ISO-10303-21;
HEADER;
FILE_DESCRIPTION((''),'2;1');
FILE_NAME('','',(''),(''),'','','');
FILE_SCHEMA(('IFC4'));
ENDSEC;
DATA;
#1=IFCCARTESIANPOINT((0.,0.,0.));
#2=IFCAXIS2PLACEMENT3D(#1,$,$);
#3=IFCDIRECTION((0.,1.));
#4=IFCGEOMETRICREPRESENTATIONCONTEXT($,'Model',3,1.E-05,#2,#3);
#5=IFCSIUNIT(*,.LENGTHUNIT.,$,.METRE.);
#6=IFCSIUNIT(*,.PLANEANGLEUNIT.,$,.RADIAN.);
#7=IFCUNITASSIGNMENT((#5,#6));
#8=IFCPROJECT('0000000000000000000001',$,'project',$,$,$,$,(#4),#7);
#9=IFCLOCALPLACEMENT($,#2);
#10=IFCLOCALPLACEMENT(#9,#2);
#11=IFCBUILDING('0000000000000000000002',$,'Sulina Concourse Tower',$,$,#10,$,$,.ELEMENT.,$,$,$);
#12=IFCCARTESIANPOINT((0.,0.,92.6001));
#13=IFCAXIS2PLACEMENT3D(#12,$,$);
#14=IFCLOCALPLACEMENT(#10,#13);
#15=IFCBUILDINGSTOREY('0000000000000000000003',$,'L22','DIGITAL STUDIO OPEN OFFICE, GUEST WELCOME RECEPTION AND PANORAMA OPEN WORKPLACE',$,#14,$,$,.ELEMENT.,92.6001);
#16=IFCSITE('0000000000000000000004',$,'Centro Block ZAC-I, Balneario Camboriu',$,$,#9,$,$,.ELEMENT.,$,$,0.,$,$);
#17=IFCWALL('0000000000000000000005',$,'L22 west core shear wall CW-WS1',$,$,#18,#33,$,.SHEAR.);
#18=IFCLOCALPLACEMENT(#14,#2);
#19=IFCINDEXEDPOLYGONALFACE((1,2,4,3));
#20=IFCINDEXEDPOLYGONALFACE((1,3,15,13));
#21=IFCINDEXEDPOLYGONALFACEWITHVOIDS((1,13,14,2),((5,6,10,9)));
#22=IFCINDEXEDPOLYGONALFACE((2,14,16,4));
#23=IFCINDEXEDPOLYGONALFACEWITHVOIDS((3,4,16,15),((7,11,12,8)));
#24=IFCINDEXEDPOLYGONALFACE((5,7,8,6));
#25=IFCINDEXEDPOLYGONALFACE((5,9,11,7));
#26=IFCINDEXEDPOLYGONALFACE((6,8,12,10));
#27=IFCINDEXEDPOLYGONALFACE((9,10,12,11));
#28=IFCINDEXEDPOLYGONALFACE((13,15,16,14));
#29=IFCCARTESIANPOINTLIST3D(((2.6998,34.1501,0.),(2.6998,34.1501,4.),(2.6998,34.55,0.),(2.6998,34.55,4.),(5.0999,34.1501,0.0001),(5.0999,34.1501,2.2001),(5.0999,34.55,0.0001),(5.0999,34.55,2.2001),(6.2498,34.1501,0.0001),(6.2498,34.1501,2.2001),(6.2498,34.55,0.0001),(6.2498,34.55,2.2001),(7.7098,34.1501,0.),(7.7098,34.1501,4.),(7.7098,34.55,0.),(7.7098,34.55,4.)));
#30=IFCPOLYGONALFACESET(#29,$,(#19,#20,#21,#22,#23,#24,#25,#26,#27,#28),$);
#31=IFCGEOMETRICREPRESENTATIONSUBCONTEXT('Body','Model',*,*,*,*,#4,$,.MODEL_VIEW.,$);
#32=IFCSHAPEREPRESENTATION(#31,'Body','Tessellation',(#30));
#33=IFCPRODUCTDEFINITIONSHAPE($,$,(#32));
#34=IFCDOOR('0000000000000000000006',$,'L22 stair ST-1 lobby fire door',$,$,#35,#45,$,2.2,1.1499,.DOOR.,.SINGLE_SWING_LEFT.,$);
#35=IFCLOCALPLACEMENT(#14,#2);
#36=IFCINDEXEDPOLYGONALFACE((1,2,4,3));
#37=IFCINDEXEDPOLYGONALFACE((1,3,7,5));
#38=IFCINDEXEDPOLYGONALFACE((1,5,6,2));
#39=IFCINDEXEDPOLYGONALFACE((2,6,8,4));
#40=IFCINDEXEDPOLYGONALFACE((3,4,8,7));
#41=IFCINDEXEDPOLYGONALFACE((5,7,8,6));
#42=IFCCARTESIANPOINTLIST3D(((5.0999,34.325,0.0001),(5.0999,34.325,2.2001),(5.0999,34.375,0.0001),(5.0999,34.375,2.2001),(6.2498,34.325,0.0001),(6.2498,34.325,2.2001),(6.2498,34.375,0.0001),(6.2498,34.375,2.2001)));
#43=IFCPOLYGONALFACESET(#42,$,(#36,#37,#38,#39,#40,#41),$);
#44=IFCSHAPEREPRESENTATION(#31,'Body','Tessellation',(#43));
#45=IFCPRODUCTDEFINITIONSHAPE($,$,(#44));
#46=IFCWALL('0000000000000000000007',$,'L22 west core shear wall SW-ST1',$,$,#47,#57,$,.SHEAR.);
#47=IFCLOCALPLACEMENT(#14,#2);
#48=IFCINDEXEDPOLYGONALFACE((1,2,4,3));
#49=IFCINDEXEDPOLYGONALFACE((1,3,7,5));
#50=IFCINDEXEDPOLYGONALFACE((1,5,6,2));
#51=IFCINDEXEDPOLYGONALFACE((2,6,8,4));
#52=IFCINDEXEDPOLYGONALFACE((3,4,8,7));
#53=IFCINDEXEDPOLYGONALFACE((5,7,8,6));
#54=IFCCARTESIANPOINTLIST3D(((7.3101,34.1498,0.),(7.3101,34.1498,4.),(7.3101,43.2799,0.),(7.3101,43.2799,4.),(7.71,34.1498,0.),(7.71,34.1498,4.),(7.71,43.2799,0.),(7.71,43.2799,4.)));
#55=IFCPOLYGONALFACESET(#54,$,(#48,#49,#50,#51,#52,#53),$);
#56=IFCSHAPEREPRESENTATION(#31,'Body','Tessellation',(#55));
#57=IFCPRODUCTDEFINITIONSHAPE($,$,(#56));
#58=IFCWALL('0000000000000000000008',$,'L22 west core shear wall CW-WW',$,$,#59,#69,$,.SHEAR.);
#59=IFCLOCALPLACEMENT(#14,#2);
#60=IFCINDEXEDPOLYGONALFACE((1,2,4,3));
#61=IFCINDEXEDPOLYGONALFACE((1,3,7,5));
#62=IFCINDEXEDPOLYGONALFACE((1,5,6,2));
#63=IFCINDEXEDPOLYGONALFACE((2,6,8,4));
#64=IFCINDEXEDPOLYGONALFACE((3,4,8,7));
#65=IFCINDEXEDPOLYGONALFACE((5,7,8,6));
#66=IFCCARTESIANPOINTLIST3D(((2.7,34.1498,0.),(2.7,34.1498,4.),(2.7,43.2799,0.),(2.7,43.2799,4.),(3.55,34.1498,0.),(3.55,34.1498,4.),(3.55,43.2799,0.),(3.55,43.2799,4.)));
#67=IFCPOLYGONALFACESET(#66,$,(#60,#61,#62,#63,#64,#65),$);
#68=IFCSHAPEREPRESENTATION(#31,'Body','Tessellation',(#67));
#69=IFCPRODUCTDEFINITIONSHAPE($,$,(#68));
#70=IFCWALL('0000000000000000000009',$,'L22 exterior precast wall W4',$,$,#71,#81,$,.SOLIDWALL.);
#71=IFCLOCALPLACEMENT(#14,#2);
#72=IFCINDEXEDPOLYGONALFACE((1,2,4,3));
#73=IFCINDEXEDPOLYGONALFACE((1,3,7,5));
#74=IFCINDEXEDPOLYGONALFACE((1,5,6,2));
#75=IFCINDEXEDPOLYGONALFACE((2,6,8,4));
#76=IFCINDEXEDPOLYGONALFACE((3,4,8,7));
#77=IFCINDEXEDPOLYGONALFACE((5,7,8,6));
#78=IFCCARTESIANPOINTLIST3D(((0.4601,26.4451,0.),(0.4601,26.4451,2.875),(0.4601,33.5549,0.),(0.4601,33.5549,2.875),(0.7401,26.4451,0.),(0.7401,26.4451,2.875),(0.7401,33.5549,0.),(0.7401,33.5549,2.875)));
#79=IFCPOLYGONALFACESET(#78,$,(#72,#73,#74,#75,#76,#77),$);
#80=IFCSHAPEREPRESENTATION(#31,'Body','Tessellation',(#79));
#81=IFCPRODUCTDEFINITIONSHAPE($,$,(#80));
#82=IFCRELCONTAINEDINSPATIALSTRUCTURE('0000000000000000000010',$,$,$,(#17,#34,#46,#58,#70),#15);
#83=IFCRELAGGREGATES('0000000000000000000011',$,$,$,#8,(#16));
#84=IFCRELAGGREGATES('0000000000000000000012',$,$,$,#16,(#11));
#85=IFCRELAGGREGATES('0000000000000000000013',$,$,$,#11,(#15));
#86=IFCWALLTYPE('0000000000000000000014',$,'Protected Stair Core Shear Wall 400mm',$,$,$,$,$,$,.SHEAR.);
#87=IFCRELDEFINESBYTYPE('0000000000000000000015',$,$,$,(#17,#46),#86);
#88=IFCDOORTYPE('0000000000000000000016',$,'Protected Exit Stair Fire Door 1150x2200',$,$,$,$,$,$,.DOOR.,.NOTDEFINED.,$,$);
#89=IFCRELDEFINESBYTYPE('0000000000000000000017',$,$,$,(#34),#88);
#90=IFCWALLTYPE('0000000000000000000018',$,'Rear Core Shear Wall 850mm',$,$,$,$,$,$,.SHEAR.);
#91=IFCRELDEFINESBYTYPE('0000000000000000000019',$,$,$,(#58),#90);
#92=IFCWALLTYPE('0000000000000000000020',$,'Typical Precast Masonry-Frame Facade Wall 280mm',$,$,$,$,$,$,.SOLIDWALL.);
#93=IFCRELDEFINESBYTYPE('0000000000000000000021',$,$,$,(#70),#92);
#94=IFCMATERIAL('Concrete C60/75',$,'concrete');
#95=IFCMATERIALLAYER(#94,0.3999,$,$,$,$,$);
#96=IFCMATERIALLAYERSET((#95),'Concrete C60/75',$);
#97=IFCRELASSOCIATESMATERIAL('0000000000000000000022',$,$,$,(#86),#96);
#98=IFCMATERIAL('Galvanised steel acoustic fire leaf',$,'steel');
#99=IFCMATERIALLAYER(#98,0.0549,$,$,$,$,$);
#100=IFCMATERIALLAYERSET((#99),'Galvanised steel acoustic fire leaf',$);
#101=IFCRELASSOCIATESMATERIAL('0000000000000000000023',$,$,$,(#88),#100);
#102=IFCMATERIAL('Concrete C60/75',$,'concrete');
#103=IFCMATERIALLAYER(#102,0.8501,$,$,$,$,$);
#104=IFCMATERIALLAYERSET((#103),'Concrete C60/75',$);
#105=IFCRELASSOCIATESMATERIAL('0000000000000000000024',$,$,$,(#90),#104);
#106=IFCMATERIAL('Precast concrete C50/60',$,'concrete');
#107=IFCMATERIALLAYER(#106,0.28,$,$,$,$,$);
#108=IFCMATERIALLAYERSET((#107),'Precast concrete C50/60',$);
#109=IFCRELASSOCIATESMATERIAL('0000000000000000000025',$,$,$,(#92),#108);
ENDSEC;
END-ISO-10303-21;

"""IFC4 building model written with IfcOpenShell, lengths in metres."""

from ifc_helpers import new_model, si_unit, direction, frame, frame_2d, origin, place, context, subcontext, project, spatial, rectangle, extrude, material, layer, layer_set, type_object, element, fill, save


model = new_model("IFC4")

# Units and contexts
model_context = context("Model", 3, precision=1e-05, world=origin(), true_north=direction((0.0, 1.0)))
body_context = subcontext(model_context, "Body", "Model", "MODEL_VIEW")
ifc_project = project(units=[si_unit("LENGTHUNIT", "METRE"), si_unit("PLANEANGLEUNIT", "RADIAN")], contexts=[model_context])

# Site, building, storey
site_placement = place(None, origin())
site = spatial("IfcSite", under=ifc_project, at=site_placement, Name="Centro Block ZAC-I, Balneario Camboriu", CompositionType="ELEMENT", RefElevation=0.0)
building_placement = place(site_placement, origin())
building = spatial("IfcBuilding", under=site, at=building_placement, Name="Sulina Concourse Tower", CompositionType="ELEMENT")
storey_placement = place(building_placement, frame((0.0, 0.0, 92.6001)))
storey = spatial("IfcBuildingStorey", under=building, at=storey_placement, Name="L22", Description="DIGITAL STUDIO OPEN OFFICE, GUEST WELCOME RECEPTION AND PANORAMA OPEN WORKPLACE", CompositionType="ELEMENT", Elevation=92.6001)

# Wall, opening, door
ifc_material_1 = material(Name="Concrete C60/75", Category="concrete")
ifc_layer_1 = layer(ifc_material_1, 0.3999)
ifc_layer_set_1 = layer_set([ifc_layer_1], Name="Concrete C60/75")
wall_type_1 = type_object("IfcWallType", Name="Protected Stair Core Shear Wall 400mm", PredefinedType="SHEAR", material=ifc_layer_set_1)
wall_1_placement = place(storey_placement, frame((2.7, 34.3501, 0.0), z_axis=(0.0, 0.0, 1.0), x_axis=(1.0, 0.0, 0.0)))
wall_1 = element("IfcWall", 1, at=wall_1_placement, inside=storey, type_object=wall_type_1, Name="L22 west core shear wall CW-WS1", PredefinedType="SHEAR", context=body_context, shape_type="SweptSolid", body=[
    extrude(rectangle(XDim=5.01, YDim=0.3999, at=frame_2d((2.5049, 0.0))), origin(), (0.0, 0.0, 1.0), 4.0),
])
opening_placement = place(wall_1_placement, frame((2.3999, 0.0, 0.0)))
opening = element("IfcOpeningElement", 2, at=opening_placement, cuts=wall_1, PredefinedType="OPENING", context=body_context, shape_type="SweptSolid", body=[
    extrude(rectangle(XDim=1.1499, YDim=2.2, at=frame_2d((0.575, 1.1001))), frame((0.0, 0.21, 0.0), z_axis=(0.0, -1.0, 0.0), x_axis=(1.0, 0.0, 0.0)), (0.0, 0.0, 1.0), 0.4199),
])
ifc_material_2 = material(Name="Galvanised steel acoustic fire leaf", Category="steel")
ifc_layer_2 = layer(ifc_material_2, 0.0549)
ifc_layer_set_2 = layer_set([ifc_layer_2], Name="Galvanised steel acoustic fire leaf")
door_type = type_object("IfcDoorType", Name="Protected Exit Stair Fire Door 1150x2200", OperationType="NOTDEFINED", PredefinedType="DOOR", material=ifc_layer_set_2)
door_placement = place(opening_placement, origin())
door = element("IfcDoor", 3, at=door_placement, inside=storey, type_object=door_type, Name="L22 stair ST-1 lobby fire door", OperationType="SINGLE_SWING_LEFT", OverallHeight=2.2, OverallWidth=1.1499, PredefinedType="DOOR", context=body_context, shape_type="SweptSolid", body=[
    extrude(rectangle(XDim=1.1499, YDim=2.2, at=frame_2d((0.575, 1.1001))), frame((0.0, 0.0249, 0.0), z_axis=(0.0, -1.0, 0.0), x_axis=(1.0, 0.0, 0.0)), (0.0, 0.0, 1.0), 0.05),
])
fill(opening, door)

# Walls
wall_2_placement = place(storey_placement, frame((7.51, 34.1499, 0.0), z_axis=(0.0, 0.0, 1.0), x_axis=(0.0, 1.0, 0.0)))
element("IfcWall", 4, at=wall_2_placement, inside=storey, type_object=wall_type_1, Name="L22 west core shear wall SW-ST1", PredefinedType="SHEAR", context=body_context, shape_type="SweptSolid", body=[
    extrude(rectangle(XDim=9.1301, YDim=0.3999, at=frame_2d((4.5649, 0.0))), origin(), (0.0, 0.0, 1.0), 4.0),
])
ifc_material_3 = material(Name="Concrete C60/75", Category="concrete")
ifc_layer_3 = layer(ifc_material_3, 0.8501)
ifc_layer_set_3 = layer_set([ifc_layer_3], Name="Concrete C60/75")
wall_type_2 = type_object("IfcWallType", Name="Rear Core Shear Wall 850mm", PredefinedType="SHEAR", material=ifc_layer_set_3)
wall_3_placement = place(storey_placement, frame((3.125, 34.1499, 0.0), z_axis=(0.0, 0.0, 1.0), x_axis=(0.0, 1.0, 0.0)))
element("IfcWall", 5, at=wall_3_placement, inside=storey, type_object=wall_type_2, Name="L22 west core shear wall CW-WW", PredefinedType="SHEAR", context=body_context, shape_type="SweptSolid", body=[
    extrude(rectangle(XDim=9.1301, YDim=0.8501, at=frame_2d((4.5649, 0.0))), origin(), (0.0, 0.0, 1.0), 4.0),
])
ifc_material_4 = material(Name="Precast concrete C50/60", Category="concrete")
ifc_layer_4 = layer(ifc_material_4, 0.28)
ifc_layer_set_4 = layer_set([ifc_layer_4], Name="Precast concrete C50/60")
wall_type_3 = type_object("IfcWallType", Name="Typical Precast Masonry-Frame Facade Wall 280mm", PredefinedType="SOLIDWALL", material=ifc_layer_set_4)
wall_4_placement = place(storey_placement, frame((0.6001, 26.4451, 0.0), z_axis=(0.0, 0.0, 1.0), x_axis=(0.0, 1.0, 0.0)))
element("IfcWall", 6, at=wall_4_placement, inside=storey, type_object=wall_type_3, Name="L22 exterior precast wall W4", PredefinedType="SOLIDWALL", context=body_context, shape_type="SweptSolid", body=[
    extrude(rectangle(XDim=7.1099, YDim=0.28, at=frame_2d((3.5549, 0.0))), origin(), (0.0, 0.0, 1.0), 2.875),
])

save(model, "model.ifc")
